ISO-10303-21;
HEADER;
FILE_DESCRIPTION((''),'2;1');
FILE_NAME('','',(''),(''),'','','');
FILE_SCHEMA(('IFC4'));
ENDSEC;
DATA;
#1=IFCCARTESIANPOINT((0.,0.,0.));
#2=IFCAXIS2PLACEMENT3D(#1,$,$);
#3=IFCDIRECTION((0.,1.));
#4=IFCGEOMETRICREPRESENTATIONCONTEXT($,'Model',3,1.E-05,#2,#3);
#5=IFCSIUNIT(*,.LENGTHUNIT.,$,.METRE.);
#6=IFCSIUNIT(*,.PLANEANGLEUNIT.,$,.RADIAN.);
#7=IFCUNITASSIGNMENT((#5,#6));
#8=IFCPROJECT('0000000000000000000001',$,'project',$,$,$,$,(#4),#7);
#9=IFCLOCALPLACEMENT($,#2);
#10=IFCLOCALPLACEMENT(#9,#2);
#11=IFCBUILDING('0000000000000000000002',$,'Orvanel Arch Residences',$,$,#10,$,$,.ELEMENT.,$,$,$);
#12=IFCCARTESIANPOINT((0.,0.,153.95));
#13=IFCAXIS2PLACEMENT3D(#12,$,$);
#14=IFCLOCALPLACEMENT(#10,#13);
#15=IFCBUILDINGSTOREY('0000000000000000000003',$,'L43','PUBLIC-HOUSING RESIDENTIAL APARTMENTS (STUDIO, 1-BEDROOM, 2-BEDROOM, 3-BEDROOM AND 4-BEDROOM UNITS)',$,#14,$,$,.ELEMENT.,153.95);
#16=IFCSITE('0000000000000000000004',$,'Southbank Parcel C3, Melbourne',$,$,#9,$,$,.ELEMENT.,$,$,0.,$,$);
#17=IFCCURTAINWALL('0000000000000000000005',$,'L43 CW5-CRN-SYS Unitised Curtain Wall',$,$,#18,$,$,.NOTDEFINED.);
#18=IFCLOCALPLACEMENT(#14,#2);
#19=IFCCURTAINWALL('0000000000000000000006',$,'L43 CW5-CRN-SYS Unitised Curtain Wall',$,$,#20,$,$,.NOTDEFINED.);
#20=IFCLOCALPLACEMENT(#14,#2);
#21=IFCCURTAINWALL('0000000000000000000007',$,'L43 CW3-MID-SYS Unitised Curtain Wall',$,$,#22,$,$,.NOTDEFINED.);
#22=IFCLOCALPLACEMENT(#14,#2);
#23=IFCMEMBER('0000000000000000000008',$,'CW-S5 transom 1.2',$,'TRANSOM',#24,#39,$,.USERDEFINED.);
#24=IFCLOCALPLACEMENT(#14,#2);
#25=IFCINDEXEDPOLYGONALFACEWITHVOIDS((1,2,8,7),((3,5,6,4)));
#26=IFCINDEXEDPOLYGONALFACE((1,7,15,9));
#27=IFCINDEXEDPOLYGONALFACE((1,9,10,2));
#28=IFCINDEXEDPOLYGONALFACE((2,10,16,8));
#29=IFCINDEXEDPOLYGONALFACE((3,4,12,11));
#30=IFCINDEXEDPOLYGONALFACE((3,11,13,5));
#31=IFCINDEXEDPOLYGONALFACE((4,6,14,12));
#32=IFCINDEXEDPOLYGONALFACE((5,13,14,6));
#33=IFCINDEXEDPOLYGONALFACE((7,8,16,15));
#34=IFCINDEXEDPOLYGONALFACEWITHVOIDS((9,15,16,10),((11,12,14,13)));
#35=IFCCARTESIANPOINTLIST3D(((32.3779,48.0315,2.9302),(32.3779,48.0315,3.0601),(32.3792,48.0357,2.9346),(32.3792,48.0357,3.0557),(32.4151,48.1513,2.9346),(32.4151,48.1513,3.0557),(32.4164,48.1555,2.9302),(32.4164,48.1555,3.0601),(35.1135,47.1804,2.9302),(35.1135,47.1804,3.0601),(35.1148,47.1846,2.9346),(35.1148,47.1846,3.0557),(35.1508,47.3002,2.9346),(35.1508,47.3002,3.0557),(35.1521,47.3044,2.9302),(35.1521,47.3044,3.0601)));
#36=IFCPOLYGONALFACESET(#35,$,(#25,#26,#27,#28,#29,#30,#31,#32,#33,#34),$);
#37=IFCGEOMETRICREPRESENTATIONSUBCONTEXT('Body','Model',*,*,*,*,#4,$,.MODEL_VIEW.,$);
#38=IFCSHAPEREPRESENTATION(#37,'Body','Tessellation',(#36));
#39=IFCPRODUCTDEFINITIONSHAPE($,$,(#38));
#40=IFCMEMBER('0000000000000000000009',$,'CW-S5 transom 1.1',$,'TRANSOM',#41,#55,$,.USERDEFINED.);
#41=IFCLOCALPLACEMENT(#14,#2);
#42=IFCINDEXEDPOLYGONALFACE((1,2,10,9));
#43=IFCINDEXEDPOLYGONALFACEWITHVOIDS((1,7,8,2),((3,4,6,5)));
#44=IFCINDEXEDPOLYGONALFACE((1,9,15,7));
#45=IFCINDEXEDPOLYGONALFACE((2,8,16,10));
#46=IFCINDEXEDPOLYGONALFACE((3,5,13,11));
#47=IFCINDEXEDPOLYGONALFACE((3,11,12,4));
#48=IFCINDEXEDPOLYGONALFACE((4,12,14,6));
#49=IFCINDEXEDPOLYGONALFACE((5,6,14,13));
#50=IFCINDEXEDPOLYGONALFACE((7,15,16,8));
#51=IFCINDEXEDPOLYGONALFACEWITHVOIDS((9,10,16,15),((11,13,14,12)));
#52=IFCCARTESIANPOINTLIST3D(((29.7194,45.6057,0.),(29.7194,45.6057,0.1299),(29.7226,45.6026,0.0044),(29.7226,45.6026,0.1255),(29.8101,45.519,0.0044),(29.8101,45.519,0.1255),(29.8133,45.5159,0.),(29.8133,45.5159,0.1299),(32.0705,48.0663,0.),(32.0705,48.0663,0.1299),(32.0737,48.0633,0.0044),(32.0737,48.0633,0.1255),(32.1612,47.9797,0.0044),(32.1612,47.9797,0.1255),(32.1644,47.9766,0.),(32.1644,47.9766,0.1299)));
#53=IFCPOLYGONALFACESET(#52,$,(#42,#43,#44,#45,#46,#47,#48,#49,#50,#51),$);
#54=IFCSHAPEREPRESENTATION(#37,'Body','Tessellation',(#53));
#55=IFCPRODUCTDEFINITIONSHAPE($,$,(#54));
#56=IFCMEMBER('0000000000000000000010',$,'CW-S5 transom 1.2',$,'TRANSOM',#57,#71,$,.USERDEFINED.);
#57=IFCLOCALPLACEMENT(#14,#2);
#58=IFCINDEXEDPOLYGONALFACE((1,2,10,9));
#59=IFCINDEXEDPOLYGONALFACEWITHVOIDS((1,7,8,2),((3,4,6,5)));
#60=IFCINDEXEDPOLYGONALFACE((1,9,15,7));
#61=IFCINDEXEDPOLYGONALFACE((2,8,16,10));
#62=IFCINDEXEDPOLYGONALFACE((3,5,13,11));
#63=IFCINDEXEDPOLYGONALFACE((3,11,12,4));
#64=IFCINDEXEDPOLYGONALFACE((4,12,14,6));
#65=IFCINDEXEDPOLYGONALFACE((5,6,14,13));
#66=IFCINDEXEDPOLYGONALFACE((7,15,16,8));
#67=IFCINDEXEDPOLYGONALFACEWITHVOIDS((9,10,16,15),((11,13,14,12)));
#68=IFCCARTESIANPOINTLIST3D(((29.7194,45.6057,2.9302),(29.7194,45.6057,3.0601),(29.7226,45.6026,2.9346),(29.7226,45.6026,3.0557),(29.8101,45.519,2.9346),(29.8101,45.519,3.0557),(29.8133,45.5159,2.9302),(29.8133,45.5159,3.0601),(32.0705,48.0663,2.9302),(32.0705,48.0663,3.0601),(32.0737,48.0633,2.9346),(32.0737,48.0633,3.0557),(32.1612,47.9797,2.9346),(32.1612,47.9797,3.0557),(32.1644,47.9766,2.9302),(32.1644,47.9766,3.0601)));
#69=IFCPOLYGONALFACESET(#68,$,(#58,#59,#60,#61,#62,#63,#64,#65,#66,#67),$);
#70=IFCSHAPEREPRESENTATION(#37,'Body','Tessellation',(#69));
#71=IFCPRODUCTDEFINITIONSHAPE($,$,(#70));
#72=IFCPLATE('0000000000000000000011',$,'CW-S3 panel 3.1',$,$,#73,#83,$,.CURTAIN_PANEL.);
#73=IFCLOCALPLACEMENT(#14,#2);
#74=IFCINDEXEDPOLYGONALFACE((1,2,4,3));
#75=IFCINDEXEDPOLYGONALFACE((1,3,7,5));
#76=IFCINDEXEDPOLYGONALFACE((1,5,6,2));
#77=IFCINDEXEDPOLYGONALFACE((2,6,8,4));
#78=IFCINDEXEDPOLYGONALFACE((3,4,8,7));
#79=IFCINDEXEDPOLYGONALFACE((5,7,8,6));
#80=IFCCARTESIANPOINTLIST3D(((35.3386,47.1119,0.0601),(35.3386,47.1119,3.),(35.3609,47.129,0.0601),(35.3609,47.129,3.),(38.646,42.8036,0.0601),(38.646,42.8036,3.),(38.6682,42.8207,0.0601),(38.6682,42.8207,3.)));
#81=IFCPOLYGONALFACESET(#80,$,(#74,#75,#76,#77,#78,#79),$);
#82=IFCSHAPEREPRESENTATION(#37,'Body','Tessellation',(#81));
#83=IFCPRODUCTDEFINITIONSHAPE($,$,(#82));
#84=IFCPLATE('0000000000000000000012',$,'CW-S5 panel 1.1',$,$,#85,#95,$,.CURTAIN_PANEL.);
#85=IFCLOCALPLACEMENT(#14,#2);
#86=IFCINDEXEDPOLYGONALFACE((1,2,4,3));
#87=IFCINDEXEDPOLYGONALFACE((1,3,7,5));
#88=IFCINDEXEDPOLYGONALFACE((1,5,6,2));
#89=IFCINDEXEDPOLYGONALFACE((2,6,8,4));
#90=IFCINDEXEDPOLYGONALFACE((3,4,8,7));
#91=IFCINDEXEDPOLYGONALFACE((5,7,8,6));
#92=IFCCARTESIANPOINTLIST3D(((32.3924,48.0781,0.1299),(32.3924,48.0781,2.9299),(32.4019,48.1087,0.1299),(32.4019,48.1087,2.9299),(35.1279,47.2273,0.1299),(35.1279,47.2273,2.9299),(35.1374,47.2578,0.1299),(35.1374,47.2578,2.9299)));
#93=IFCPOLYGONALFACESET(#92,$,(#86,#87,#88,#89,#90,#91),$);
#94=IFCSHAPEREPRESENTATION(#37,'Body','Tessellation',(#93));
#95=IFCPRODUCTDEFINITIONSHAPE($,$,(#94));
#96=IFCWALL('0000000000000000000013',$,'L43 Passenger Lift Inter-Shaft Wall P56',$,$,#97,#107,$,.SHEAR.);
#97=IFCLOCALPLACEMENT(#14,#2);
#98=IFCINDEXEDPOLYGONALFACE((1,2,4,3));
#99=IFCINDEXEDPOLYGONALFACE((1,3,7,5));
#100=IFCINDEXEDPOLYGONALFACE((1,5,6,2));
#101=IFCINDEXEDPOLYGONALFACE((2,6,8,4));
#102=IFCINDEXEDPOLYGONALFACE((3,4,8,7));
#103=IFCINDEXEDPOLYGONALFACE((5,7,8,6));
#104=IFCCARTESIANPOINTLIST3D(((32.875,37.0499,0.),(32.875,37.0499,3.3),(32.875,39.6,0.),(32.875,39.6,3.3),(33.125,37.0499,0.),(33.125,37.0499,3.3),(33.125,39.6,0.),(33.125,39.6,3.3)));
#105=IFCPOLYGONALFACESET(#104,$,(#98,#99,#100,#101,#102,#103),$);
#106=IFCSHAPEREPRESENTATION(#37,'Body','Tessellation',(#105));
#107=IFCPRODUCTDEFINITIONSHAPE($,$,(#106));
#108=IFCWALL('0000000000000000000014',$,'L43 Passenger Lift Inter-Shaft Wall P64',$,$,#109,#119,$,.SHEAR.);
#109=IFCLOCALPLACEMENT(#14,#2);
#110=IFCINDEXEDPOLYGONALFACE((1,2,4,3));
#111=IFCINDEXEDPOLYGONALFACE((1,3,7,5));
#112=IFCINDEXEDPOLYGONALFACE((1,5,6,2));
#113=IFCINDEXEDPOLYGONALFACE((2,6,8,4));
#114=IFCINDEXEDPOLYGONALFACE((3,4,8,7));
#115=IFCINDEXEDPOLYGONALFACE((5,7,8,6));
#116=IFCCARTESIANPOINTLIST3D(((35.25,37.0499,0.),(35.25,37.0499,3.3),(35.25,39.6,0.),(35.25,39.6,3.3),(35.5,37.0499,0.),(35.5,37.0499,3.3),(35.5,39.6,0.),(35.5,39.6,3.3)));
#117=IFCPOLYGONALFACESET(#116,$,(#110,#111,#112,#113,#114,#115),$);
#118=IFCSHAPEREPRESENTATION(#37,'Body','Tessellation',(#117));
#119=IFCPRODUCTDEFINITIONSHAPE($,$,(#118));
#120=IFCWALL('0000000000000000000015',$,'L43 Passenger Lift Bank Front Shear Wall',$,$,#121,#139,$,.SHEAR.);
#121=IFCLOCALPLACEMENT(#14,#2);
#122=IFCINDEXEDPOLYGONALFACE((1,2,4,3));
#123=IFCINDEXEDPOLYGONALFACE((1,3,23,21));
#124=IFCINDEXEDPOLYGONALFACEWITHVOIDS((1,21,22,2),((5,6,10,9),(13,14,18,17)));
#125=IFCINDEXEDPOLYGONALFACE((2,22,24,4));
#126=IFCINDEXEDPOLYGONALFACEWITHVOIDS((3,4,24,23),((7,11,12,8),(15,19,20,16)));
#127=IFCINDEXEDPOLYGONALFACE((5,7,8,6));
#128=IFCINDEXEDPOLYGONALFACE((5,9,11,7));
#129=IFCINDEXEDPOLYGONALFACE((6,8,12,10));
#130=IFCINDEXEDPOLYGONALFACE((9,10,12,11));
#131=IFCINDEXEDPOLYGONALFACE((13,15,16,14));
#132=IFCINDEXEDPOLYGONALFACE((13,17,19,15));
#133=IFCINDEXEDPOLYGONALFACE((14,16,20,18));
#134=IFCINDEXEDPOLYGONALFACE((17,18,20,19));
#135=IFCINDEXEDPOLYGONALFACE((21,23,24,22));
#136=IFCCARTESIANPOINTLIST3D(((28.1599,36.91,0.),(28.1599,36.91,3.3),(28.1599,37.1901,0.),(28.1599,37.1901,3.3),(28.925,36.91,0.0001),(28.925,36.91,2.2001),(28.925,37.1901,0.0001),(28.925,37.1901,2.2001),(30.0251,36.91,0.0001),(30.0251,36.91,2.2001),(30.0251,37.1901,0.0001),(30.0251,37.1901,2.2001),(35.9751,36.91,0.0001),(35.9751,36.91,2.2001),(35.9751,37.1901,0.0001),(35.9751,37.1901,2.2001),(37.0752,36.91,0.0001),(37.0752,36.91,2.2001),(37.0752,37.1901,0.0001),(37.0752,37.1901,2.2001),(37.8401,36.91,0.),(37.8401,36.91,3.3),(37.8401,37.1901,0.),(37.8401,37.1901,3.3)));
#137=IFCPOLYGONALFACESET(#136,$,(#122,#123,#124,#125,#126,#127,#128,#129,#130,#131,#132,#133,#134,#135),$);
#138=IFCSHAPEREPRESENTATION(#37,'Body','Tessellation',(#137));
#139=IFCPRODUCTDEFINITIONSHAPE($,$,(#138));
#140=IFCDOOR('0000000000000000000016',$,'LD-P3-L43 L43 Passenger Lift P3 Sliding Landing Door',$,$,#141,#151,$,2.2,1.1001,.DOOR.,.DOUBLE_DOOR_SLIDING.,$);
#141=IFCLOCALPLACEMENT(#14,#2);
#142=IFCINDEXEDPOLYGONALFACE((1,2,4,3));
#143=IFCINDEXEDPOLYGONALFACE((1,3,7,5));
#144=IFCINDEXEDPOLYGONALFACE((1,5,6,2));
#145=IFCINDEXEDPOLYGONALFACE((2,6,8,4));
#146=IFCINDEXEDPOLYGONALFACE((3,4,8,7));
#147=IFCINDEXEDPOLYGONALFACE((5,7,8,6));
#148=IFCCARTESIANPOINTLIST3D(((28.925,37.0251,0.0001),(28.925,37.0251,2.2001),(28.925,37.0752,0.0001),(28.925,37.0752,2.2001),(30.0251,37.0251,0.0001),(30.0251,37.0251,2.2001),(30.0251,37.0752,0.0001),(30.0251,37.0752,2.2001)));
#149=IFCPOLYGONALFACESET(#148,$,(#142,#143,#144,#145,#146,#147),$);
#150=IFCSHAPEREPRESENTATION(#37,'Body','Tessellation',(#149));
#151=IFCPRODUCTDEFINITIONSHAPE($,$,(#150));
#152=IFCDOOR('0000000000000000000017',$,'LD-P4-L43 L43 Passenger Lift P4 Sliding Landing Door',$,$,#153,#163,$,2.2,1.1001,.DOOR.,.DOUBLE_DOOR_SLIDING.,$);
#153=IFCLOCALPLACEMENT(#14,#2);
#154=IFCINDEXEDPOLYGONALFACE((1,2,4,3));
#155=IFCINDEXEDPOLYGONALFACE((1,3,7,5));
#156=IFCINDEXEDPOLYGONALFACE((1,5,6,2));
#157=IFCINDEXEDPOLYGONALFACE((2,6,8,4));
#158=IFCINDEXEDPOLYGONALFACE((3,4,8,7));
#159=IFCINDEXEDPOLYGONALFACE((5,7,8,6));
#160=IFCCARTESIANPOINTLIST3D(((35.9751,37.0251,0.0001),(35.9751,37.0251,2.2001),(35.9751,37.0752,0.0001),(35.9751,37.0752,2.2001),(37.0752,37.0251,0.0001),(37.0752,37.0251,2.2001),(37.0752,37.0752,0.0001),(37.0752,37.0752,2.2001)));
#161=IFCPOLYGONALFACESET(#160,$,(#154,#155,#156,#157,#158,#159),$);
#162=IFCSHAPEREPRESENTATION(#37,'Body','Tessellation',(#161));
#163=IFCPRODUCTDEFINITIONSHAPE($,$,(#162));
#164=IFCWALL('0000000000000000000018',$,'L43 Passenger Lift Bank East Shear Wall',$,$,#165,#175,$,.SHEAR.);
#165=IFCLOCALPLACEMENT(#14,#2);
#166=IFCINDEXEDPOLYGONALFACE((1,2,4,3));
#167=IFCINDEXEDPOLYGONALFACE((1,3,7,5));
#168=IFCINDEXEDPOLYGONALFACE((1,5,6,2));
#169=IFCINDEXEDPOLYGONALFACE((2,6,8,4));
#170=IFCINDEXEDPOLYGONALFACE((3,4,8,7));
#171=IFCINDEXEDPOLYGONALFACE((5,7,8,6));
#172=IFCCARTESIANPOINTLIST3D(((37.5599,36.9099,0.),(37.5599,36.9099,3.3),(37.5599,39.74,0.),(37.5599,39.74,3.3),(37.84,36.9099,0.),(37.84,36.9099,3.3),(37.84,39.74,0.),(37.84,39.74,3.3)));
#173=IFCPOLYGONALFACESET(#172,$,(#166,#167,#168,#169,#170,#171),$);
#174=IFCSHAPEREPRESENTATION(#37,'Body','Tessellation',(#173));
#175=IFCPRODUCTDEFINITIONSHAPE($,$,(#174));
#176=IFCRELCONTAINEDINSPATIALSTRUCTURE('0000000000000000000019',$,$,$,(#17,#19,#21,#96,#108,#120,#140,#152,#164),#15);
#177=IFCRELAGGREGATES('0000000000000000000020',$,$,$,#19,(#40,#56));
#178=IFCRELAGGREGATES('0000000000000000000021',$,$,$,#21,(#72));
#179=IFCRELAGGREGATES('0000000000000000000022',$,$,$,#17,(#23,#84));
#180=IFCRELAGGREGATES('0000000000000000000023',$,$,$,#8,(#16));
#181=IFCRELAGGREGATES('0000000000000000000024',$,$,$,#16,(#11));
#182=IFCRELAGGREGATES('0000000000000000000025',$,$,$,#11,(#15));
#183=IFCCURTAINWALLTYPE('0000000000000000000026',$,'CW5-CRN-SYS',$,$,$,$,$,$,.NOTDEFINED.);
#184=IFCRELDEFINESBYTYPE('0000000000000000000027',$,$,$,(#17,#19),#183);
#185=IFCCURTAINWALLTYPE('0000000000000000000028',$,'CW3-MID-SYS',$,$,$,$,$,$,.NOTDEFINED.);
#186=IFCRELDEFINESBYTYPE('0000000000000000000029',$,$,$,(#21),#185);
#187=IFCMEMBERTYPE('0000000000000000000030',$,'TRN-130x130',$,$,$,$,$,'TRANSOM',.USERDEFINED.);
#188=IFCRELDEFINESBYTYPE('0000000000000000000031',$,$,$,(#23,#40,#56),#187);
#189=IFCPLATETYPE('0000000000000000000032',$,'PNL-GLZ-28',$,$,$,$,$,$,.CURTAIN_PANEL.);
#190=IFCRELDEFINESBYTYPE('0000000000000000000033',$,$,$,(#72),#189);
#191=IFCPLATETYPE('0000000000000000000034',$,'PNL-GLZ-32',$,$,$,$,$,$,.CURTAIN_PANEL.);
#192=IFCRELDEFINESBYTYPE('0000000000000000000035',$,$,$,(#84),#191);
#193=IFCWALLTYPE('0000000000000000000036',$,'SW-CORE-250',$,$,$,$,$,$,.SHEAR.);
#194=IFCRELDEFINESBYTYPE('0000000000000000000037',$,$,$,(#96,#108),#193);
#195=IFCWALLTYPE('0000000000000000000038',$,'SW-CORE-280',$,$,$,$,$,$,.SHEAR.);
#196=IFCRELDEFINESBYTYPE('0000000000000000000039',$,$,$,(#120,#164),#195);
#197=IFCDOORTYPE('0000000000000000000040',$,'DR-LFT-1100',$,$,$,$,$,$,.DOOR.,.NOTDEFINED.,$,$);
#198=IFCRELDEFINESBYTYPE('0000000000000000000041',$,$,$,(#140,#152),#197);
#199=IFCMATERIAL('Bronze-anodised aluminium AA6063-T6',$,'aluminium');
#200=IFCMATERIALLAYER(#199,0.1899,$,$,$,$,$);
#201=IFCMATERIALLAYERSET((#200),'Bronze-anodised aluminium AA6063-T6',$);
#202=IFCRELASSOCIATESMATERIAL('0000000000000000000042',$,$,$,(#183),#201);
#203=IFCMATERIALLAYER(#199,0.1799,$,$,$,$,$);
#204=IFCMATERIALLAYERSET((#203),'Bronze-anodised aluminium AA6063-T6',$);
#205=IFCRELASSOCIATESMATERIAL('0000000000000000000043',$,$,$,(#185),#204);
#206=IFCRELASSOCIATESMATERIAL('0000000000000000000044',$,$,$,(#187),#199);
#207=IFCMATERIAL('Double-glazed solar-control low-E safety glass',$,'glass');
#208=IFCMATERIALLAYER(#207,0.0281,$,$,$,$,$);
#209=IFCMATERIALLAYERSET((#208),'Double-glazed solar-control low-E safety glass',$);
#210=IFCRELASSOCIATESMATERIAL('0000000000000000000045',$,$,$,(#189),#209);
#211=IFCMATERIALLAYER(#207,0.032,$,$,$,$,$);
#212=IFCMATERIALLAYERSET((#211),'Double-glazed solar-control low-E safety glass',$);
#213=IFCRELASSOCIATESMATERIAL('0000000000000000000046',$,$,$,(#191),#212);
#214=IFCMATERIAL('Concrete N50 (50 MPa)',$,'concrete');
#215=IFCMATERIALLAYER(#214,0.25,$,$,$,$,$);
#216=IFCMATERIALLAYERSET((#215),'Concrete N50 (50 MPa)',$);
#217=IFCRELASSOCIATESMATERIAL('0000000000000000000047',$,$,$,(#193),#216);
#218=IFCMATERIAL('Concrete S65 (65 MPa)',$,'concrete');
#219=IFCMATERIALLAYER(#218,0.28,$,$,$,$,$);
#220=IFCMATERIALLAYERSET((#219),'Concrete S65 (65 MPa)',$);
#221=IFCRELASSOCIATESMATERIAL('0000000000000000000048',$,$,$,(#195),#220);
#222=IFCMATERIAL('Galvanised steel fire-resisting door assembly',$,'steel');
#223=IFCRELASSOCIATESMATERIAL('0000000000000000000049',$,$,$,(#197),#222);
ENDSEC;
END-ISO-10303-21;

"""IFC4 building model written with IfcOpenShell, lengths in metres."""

from ifc_helpers import new_model, si_unit, direction, frame, frame_2d, origin, origin_2d, place, context, subcontext, project, spatial, rectangle, hollow_rectangle, extrude, material, layer, layer_set, material_profile, profile_set, type_object, element, fill, aggregate, save


model = new_model("IFC4")

# Units and contexts
model_context = context("Model", 3, precision=1e-05, world=origin(), true_north=direction((0.0, 1.0)))
body_context = subcontext(model_context, "Body", "Model", "MODEL_VIEW")
ifc_project = project(units=[si_unit("LENGTHUNIT", "METRE"), si_unit("PLANEANGLEUNIT", "RADIAN")], contexts=[model_context])

# Site, building, storey
site_placement = place(None, origin())
site = spatial("IfcSite", under=ifc_project, at=site_placement, Name="Southbank Parcel C3, Melbourne", CompositionType="ELEMENT", RefElevation=0.0)
building_placement = place(site_placement, origin())
building = spatial("IfcBuilding", under=site, at=building_placement, Name="Orvanel Arch Residences", CompositionType="ELEMENT")
storey_placement = place(building_placement, frame((0.0, 0.0, 153.95)))
storey = spatial("IfcBuildingStorey", under=building, at=storey_placement, Name="L43", Description="PUBLIC-HOUSING RESIDENTIAL APARTMENTS (STUDIO, 1-BEDROOM, 2-BEDROOM, 3-BEDROOM AND 4-BEDROOM UNITS)", CompositionType="ELEMENT", Elevation=153.95)

# Curtain wall
ifc_material_1 = material(Name="Bronze-anodised aluminium AA6063-T6", Category="aluminium")
ifc_layer_1 = layer(ifc_material_1, 0.1899)
ifc_layer_set_1 = layer_set([ifc_layer_1], Name="Bronze-anodised aluminium AA6063-T6")
curtain_wall_type_1 = type_object("IfcCurtainWallType", Name="CW5-CRN-SYS", PredefinedType="NOTDEFINED", material=ifc_layer_set_1)
curtain_wall_1_placement = place(storey_placement, origin())
curtain_wall_1 = element("IfcCurtainWall", 1, at=curtain_wall_1_placement, inside=storey, type_object=curtain_wall_type_1, Name="L43 CW5-CRN-SYS Unitised Curtain Wall", PredefinedType="NOTDEFINED")

# Curtain walls
curtain_wall_2_placement = place(storey_placement, origin())
curtain_wall_2 = element("IfcCurtainWall", 2, at=curtain_wall_2_placement, inside=storey, type_object=curtain_wall_type_1, Name="L43 CW5-CRN-SYS Unitised Curtain Wall", PredefinedType="NOTDEFINED")
ifc_layer_2 = layer(ifc_material_1, 0.1799)
ifc_layer_set_2 = layer_set([ifc_layer_2], Name="Bronze-anodised aluminium AA6063-T6")
curtain_wall_type_2 = type_object("IfcCurtainWallType", Name="CW3-MID-SYS", PredefinedType="NOTDEFINED", material=ifc_layer_set_2)
curtain_wall_3_placement = place(storey_placement, origin())
curtain_wall_3 = element("IfcCurtainWall", 3, at=curtain_wall_3_placement, inside=storey, type_object=curtain_wall_type_2, Name="L43 CW3-MID-SYS Unitised Curtain Wall", PredefinedType="NOTDEFINED")

# Members
ifc_material_profile_1 = material_profile(ifc_material_1, hollow_rectangle(XDim=0.1299, YDim=0.1299, WallThickness=0.0044, at=origin_2d()), Name="ALU130x130x4.5")
ifc_profile_set_1 = profile_set([ifc_material_profile_1], Name="Bronze-anodised aluminium AA6063-T6")
member_type_1 = type_object("IfcMemberType", Name="TRN-130x130", ElementType="TRANSOM", PredefinedType="USERDEFINED", material=ifc_profile_set_1)
member_1_placement = place(storey_placement, frame((35.1328, 47.2424, 2.9951), z_axis=(-0.954857, 0.297067, 0.0), x_axis=(-0.297067, -0.954857, 0.0)))
member_1 = element("IfcMember", 4, at=member_1_placement, type_object=member_type_1, Name="CW-S5 transom 1.2", ObjectType="TRANSOM", PredefinedType="USERDEFINED", context=body_context, shape_type="SweptSolid", body=[
    extrude(hollow_rectangle(XDim=0.1299, YDim=0.1299, WallThickness=0.0044, at=origin_2d()), origin(), (0.0, 0.0, 1.0), 2.865),
])
member_2_placement = place(storey_placement, frame((32.1174, 48.0215, 0.0649), z_axis=(-0.690819, -0.723028, 0.0), x_axis=(0.723028, -0.690819, 0.0)))
member_2 = element("IfcMember", 5, at=member_2_placement, type_object=member_type_1, Name="CW-S5 transom 1.1", ObjectType="TRANSOM", PredefinedType="USERDEFINED", context=body_context, shape_type="SweptSolid", body=[
    extrude(hollow_rectangle(XDim=0.1299, YDim=0.1299, WallThickness=0.0044, at=origin_2d()), origin(), (0.0, 0.0, 1.0), 3.4033),
])
member_3_placement = place(storey_placement, frame((32.1174, 48.0215, 2.9951), z_axis=(-0.690819, -0.723028, 0.0), x_axis=(0.723028, -0.690819, 0.0)))
member_3 = element("IfcMember", 6, at=member_3_placement, type_object=member_type_1, Name="CW-S5 transom 1.2", ObjectType="TRANSOM", PredefinedType="USERDEFINED", context=body_context, shape_type="SweptSolid", body=[
    extrude(hollow_rectangle(XDim=0.1299, YDim=0.1299, WallThickness=0.0044, at=origin_2d()), origin(), (0.0, 0.0, 1.0), 3.4033),
])
aggregate(curtain_wall_2, [member_2, member_3])

# Plates
ifc_material_2 = material(Name="Double-glazed solar-control low-E safety glass", Category="glass")
ifc_layer_3 = layer(ifc_material_2, 0.0281)
ifc_layer_set_3 = layer_set([ifc_layer_3], Name="Double-glazed solar-control low-E safety glass")
plate_type_1 = type_object("IfcPlateType", Name="PNL-GLZ-28", PredefinedType="CURTAIN_PANEL", material=ifc_layer_set_3)
plate_1_placement = place(storey_placement, frame((37.0034, 44.9663, 0.0601), z_axis=(0.0, 0.0, 1.0), x_axis=(-0.608931, 0.793223, 0.0)))
plate_1 = element("IfcPlate", 7, at=plate_1_placement, type_object=plate_type_1, Name="CW-S3 panel 3.1", PredefinedType="CURTAIN_PANEL", context=body_context, shape_type="SweptSolid", body=[
    extrude(rectangle(XDim=5.4314, YDim=0.0281, at=origin_2d()), origin(), (0.0, 0.0, 1.0), 2.9399),
])
aggregate(curtain_wall_3, [plate_1])
ifc_layer_4 = layer(ifc_material_2, 0.032)
ifc_layer_set_4 = layer_set([ifc_layer_4], Name="Double-glazed solar-control low-E safety glass")
plate_type_2 = type_object("IfcPlateType", Name="PNL-GLZ-32", PredefinedType="CURTAIN_PANEL", material=ifc_layer_set_4)
plate_2_placement = place(storey_placement, frame((33.7649, 47.668, 0.1299), z_axis=(0.0, 0.0, 1.0), x_axis=(-0.954873, 0.297015, 0.0)))
plate_2 = element("IfcPlate", 8, at=plate_2_placement, type_object=plate_type_2, Name="CW-S5 panel 1.1", PredefinedType="CURTAIN_PANEL", context=body_context, shape_type="SweptSolid", body=[
    extrude(rectangle(XDim=2.8647, YDim=0.032, at=origin_2d()), origin(), (0.0, 0.0, 1.0), 2.8),
])
aggregate(curtain_wall_1, [member_1, plate_2])

# Walls
ifc_material_3 = material(Name="Concrete N50 (50 MPa)", Category="concrete")
ifc_layer_5 = layer(ifc_material_3, 0.25)
ifc_layer_set_5 = layer_set([ifc_layer_5], Name="Concrete N50 (50 MPa)")
wall_type_1 = type_object("IfcWallType", Name="SW-CORE-250", PredefinedType="SHEAR", material=ifc_layer_set_5)
for number, where, z_axis, x_axis, name in (
    (9, (33.0, 37.05, 0.0), (0.0, 0.0, 1.0), (0.0, 1.0, 0.0), "L43 Passenger Lift Inter-Shaft Wall P56"),
    (10, (35.375, 37.05, 0.0), (0.0, 0.0, 1.0), (0.0, 1.0, 0.0), "L43 Passenger Lift Inter-Shaft Wall P64"),
):
    element("IfcWall", number, at=place(storey_placement, frame(where, z_axis=z_axis, x_axis=x_axis)), inside=storey, type_object=wall_type_1, Name=name, PredefinedType="SHEAR", context=body_context, shape_type="SweptSolid", body=[
        extrude(rectangle(XDim=2.55, YDim=0.25, at=frame_2d((1.2749, 0.0))), origin(), (0.0, 0.0, 1.0), 3.3),
    ])

# Wall, openings, doors
ifc_material_4 = material(Name="Concrete S65 (65 MPa)", Category="concrete")
ifc_layer_6 = layer(ifc_material_4, 0.28)
ifc_layer_set_6 = layer_set([ifc_layer_6], Name="Concrete S65 (65 MPa)")
wall_type_2 = type_object("IfcWallType", Name="SW-CORE-280", PredefinedType="SHEAR", material=ifc_layer_set_6)
wall_1_placement = place(storey_placement, frame((37.8401, 37.05, 0.0), z_axis=(0.0, 0.0, 1.0), x_axis=(-1.0, 0.0, 0.0)))
wall_1 = element("IfcWall", 11, at=wall_1_placement, inside=storey, type_object=wall_type_2, Name="L43 Passenger Lift Bank Front Shear Wall", PredefinedType="SHEAR", context=body_context, shape_type="SweptSolid", body=[
    extrude(rectangle(XDim=9.6802, YDim=0.28, at=frame_2d((4.8401, 0.0))), origin(), (0.0, 0.0, 1.0), 3.3),
])
opening_1_placement = place(wall_1_placement, frame((7.8149, 0.0, 0.0)))
opening_1 = element("IfcOpeningElement", 12, at=opening_1_placement, cuts=wall_1, PredefinedType="OPENING", context=body_context, shape_type="SweptSolid", body=[
    extrude(rectangle(XDim=1.1001, YDim=2.2, at=frame_2d((0.55, 1.1001))), frame((0.0, 0.1499, 0.0), z_axis=(0.0, -1.0, 0.0), x_axis=(1.0, 0.0, 0.0)), (0.0, 0.0, 1.0), 0.3),
])
opening_2_placement = place(wall_1_placement, frame((0.7649, 0.0, 0.0)))
opening_2 = element("IfcOpeningElement", 13, at=opening_2_placement, cuts=wall_1, PredefinedType="OPENING", context=body_context, shape_type="SweptSolid", body=[
    extrude(rectangle(XDim=1.1001, YDim=2.2, at=frame_2d((0.55, 1.1001))), frame((0.0, 0.1499, 0.0), z_axis=(0.0, -1.0, 0.0), x_axis=(1.0, 0.0, 0.0)), (0.0, 0.0, 1.0), 0.3),
])
ifc_material_5 = material(Name="Galvanised steel fire-resisting door assembly", Category="steel")
door_type_1 = type_object("IfcDoorType", Name="DR-LFT-1100", OperationType="NOTDEFINED", PredefinedType="DOOR", material=ifc_material_5)
door_1_placement = place(opening_1_placement, origin())
door_1 = element("IfcDoor", 14, at=door_1_placement, inside=storey, type_object=door_type_1, Name="LD-P3-L43 L43 Passenger Lift P3 Sliding Landing Door", OperationType="DOUBLE_DOOR_SLIDING", OverallHeight=2.2, OverallWidth=1.1001, PredefinedType="DOOR", context=body_context, shape_type="SweptSolid", body=[
    extrude(rectangle(XDim=1.1001, YDim=2.2, at=frame_2d((0.55, 1.1001))), frame((0.0, 0.0249, 0.0), z_axis=(0.0, -1.0, 0.0), x_axis=(1.0, 0.0, 0.0)), (0.0, 0.0, 1.0), 0.05),
])
fill(opening_1, door_1)
door_2_placement = place(opening_2_placement, origin())
door_2 = element("IfcDoor", 15, at=door_2_placement, inside=storey, type_object=door_type_1, Name="LD-P4-L43 L43 Passenger Lift P4 Sliding Landing Door", OperationType="DOUBLE_DOOR_SLIDING", OverallHeight=2.2, OverallWidth=1.1001, PredefinedType="DOOR", context=body_context, shape_type="SweptSolid", body=[
    extrude(rectangle(XDim=1.1001, YDim=2.2, at=frame_2d((0.55, 1.1001))), frame((0.0, 0.0249, 0.0), z_axis=(0.0, -1.0, 0.0), x_axis=(1.0, 0.0, 0.0)), (0.0, 0.0, 1.0), 0.05),
])
fill(opening_2, door_2)

# Wall
wall_2_placement = place(storey_placement, frame((37.7, 36.9099, 0.0), z_axis=(0.0, 0.0, 1.0), x_axis=(0.0, 1.0, 0.0)))
element("IfcWall", 16, at=wall_2_placement, inside=storey, type_object=wall_type_2, Name="L43 Passenger Lift Bank East Shear Wall", PredefinedType="SHEAR", context=body_context, shape_type="SweptSolid", body=[
    extrude(rectangle(XDim=2.8301, YDim=0.28, at=frame_2d((1.415, 0.0))), origin(), (0.0, 0.0, 1.0), 3.3),
])

save(model, "model.ifc")
